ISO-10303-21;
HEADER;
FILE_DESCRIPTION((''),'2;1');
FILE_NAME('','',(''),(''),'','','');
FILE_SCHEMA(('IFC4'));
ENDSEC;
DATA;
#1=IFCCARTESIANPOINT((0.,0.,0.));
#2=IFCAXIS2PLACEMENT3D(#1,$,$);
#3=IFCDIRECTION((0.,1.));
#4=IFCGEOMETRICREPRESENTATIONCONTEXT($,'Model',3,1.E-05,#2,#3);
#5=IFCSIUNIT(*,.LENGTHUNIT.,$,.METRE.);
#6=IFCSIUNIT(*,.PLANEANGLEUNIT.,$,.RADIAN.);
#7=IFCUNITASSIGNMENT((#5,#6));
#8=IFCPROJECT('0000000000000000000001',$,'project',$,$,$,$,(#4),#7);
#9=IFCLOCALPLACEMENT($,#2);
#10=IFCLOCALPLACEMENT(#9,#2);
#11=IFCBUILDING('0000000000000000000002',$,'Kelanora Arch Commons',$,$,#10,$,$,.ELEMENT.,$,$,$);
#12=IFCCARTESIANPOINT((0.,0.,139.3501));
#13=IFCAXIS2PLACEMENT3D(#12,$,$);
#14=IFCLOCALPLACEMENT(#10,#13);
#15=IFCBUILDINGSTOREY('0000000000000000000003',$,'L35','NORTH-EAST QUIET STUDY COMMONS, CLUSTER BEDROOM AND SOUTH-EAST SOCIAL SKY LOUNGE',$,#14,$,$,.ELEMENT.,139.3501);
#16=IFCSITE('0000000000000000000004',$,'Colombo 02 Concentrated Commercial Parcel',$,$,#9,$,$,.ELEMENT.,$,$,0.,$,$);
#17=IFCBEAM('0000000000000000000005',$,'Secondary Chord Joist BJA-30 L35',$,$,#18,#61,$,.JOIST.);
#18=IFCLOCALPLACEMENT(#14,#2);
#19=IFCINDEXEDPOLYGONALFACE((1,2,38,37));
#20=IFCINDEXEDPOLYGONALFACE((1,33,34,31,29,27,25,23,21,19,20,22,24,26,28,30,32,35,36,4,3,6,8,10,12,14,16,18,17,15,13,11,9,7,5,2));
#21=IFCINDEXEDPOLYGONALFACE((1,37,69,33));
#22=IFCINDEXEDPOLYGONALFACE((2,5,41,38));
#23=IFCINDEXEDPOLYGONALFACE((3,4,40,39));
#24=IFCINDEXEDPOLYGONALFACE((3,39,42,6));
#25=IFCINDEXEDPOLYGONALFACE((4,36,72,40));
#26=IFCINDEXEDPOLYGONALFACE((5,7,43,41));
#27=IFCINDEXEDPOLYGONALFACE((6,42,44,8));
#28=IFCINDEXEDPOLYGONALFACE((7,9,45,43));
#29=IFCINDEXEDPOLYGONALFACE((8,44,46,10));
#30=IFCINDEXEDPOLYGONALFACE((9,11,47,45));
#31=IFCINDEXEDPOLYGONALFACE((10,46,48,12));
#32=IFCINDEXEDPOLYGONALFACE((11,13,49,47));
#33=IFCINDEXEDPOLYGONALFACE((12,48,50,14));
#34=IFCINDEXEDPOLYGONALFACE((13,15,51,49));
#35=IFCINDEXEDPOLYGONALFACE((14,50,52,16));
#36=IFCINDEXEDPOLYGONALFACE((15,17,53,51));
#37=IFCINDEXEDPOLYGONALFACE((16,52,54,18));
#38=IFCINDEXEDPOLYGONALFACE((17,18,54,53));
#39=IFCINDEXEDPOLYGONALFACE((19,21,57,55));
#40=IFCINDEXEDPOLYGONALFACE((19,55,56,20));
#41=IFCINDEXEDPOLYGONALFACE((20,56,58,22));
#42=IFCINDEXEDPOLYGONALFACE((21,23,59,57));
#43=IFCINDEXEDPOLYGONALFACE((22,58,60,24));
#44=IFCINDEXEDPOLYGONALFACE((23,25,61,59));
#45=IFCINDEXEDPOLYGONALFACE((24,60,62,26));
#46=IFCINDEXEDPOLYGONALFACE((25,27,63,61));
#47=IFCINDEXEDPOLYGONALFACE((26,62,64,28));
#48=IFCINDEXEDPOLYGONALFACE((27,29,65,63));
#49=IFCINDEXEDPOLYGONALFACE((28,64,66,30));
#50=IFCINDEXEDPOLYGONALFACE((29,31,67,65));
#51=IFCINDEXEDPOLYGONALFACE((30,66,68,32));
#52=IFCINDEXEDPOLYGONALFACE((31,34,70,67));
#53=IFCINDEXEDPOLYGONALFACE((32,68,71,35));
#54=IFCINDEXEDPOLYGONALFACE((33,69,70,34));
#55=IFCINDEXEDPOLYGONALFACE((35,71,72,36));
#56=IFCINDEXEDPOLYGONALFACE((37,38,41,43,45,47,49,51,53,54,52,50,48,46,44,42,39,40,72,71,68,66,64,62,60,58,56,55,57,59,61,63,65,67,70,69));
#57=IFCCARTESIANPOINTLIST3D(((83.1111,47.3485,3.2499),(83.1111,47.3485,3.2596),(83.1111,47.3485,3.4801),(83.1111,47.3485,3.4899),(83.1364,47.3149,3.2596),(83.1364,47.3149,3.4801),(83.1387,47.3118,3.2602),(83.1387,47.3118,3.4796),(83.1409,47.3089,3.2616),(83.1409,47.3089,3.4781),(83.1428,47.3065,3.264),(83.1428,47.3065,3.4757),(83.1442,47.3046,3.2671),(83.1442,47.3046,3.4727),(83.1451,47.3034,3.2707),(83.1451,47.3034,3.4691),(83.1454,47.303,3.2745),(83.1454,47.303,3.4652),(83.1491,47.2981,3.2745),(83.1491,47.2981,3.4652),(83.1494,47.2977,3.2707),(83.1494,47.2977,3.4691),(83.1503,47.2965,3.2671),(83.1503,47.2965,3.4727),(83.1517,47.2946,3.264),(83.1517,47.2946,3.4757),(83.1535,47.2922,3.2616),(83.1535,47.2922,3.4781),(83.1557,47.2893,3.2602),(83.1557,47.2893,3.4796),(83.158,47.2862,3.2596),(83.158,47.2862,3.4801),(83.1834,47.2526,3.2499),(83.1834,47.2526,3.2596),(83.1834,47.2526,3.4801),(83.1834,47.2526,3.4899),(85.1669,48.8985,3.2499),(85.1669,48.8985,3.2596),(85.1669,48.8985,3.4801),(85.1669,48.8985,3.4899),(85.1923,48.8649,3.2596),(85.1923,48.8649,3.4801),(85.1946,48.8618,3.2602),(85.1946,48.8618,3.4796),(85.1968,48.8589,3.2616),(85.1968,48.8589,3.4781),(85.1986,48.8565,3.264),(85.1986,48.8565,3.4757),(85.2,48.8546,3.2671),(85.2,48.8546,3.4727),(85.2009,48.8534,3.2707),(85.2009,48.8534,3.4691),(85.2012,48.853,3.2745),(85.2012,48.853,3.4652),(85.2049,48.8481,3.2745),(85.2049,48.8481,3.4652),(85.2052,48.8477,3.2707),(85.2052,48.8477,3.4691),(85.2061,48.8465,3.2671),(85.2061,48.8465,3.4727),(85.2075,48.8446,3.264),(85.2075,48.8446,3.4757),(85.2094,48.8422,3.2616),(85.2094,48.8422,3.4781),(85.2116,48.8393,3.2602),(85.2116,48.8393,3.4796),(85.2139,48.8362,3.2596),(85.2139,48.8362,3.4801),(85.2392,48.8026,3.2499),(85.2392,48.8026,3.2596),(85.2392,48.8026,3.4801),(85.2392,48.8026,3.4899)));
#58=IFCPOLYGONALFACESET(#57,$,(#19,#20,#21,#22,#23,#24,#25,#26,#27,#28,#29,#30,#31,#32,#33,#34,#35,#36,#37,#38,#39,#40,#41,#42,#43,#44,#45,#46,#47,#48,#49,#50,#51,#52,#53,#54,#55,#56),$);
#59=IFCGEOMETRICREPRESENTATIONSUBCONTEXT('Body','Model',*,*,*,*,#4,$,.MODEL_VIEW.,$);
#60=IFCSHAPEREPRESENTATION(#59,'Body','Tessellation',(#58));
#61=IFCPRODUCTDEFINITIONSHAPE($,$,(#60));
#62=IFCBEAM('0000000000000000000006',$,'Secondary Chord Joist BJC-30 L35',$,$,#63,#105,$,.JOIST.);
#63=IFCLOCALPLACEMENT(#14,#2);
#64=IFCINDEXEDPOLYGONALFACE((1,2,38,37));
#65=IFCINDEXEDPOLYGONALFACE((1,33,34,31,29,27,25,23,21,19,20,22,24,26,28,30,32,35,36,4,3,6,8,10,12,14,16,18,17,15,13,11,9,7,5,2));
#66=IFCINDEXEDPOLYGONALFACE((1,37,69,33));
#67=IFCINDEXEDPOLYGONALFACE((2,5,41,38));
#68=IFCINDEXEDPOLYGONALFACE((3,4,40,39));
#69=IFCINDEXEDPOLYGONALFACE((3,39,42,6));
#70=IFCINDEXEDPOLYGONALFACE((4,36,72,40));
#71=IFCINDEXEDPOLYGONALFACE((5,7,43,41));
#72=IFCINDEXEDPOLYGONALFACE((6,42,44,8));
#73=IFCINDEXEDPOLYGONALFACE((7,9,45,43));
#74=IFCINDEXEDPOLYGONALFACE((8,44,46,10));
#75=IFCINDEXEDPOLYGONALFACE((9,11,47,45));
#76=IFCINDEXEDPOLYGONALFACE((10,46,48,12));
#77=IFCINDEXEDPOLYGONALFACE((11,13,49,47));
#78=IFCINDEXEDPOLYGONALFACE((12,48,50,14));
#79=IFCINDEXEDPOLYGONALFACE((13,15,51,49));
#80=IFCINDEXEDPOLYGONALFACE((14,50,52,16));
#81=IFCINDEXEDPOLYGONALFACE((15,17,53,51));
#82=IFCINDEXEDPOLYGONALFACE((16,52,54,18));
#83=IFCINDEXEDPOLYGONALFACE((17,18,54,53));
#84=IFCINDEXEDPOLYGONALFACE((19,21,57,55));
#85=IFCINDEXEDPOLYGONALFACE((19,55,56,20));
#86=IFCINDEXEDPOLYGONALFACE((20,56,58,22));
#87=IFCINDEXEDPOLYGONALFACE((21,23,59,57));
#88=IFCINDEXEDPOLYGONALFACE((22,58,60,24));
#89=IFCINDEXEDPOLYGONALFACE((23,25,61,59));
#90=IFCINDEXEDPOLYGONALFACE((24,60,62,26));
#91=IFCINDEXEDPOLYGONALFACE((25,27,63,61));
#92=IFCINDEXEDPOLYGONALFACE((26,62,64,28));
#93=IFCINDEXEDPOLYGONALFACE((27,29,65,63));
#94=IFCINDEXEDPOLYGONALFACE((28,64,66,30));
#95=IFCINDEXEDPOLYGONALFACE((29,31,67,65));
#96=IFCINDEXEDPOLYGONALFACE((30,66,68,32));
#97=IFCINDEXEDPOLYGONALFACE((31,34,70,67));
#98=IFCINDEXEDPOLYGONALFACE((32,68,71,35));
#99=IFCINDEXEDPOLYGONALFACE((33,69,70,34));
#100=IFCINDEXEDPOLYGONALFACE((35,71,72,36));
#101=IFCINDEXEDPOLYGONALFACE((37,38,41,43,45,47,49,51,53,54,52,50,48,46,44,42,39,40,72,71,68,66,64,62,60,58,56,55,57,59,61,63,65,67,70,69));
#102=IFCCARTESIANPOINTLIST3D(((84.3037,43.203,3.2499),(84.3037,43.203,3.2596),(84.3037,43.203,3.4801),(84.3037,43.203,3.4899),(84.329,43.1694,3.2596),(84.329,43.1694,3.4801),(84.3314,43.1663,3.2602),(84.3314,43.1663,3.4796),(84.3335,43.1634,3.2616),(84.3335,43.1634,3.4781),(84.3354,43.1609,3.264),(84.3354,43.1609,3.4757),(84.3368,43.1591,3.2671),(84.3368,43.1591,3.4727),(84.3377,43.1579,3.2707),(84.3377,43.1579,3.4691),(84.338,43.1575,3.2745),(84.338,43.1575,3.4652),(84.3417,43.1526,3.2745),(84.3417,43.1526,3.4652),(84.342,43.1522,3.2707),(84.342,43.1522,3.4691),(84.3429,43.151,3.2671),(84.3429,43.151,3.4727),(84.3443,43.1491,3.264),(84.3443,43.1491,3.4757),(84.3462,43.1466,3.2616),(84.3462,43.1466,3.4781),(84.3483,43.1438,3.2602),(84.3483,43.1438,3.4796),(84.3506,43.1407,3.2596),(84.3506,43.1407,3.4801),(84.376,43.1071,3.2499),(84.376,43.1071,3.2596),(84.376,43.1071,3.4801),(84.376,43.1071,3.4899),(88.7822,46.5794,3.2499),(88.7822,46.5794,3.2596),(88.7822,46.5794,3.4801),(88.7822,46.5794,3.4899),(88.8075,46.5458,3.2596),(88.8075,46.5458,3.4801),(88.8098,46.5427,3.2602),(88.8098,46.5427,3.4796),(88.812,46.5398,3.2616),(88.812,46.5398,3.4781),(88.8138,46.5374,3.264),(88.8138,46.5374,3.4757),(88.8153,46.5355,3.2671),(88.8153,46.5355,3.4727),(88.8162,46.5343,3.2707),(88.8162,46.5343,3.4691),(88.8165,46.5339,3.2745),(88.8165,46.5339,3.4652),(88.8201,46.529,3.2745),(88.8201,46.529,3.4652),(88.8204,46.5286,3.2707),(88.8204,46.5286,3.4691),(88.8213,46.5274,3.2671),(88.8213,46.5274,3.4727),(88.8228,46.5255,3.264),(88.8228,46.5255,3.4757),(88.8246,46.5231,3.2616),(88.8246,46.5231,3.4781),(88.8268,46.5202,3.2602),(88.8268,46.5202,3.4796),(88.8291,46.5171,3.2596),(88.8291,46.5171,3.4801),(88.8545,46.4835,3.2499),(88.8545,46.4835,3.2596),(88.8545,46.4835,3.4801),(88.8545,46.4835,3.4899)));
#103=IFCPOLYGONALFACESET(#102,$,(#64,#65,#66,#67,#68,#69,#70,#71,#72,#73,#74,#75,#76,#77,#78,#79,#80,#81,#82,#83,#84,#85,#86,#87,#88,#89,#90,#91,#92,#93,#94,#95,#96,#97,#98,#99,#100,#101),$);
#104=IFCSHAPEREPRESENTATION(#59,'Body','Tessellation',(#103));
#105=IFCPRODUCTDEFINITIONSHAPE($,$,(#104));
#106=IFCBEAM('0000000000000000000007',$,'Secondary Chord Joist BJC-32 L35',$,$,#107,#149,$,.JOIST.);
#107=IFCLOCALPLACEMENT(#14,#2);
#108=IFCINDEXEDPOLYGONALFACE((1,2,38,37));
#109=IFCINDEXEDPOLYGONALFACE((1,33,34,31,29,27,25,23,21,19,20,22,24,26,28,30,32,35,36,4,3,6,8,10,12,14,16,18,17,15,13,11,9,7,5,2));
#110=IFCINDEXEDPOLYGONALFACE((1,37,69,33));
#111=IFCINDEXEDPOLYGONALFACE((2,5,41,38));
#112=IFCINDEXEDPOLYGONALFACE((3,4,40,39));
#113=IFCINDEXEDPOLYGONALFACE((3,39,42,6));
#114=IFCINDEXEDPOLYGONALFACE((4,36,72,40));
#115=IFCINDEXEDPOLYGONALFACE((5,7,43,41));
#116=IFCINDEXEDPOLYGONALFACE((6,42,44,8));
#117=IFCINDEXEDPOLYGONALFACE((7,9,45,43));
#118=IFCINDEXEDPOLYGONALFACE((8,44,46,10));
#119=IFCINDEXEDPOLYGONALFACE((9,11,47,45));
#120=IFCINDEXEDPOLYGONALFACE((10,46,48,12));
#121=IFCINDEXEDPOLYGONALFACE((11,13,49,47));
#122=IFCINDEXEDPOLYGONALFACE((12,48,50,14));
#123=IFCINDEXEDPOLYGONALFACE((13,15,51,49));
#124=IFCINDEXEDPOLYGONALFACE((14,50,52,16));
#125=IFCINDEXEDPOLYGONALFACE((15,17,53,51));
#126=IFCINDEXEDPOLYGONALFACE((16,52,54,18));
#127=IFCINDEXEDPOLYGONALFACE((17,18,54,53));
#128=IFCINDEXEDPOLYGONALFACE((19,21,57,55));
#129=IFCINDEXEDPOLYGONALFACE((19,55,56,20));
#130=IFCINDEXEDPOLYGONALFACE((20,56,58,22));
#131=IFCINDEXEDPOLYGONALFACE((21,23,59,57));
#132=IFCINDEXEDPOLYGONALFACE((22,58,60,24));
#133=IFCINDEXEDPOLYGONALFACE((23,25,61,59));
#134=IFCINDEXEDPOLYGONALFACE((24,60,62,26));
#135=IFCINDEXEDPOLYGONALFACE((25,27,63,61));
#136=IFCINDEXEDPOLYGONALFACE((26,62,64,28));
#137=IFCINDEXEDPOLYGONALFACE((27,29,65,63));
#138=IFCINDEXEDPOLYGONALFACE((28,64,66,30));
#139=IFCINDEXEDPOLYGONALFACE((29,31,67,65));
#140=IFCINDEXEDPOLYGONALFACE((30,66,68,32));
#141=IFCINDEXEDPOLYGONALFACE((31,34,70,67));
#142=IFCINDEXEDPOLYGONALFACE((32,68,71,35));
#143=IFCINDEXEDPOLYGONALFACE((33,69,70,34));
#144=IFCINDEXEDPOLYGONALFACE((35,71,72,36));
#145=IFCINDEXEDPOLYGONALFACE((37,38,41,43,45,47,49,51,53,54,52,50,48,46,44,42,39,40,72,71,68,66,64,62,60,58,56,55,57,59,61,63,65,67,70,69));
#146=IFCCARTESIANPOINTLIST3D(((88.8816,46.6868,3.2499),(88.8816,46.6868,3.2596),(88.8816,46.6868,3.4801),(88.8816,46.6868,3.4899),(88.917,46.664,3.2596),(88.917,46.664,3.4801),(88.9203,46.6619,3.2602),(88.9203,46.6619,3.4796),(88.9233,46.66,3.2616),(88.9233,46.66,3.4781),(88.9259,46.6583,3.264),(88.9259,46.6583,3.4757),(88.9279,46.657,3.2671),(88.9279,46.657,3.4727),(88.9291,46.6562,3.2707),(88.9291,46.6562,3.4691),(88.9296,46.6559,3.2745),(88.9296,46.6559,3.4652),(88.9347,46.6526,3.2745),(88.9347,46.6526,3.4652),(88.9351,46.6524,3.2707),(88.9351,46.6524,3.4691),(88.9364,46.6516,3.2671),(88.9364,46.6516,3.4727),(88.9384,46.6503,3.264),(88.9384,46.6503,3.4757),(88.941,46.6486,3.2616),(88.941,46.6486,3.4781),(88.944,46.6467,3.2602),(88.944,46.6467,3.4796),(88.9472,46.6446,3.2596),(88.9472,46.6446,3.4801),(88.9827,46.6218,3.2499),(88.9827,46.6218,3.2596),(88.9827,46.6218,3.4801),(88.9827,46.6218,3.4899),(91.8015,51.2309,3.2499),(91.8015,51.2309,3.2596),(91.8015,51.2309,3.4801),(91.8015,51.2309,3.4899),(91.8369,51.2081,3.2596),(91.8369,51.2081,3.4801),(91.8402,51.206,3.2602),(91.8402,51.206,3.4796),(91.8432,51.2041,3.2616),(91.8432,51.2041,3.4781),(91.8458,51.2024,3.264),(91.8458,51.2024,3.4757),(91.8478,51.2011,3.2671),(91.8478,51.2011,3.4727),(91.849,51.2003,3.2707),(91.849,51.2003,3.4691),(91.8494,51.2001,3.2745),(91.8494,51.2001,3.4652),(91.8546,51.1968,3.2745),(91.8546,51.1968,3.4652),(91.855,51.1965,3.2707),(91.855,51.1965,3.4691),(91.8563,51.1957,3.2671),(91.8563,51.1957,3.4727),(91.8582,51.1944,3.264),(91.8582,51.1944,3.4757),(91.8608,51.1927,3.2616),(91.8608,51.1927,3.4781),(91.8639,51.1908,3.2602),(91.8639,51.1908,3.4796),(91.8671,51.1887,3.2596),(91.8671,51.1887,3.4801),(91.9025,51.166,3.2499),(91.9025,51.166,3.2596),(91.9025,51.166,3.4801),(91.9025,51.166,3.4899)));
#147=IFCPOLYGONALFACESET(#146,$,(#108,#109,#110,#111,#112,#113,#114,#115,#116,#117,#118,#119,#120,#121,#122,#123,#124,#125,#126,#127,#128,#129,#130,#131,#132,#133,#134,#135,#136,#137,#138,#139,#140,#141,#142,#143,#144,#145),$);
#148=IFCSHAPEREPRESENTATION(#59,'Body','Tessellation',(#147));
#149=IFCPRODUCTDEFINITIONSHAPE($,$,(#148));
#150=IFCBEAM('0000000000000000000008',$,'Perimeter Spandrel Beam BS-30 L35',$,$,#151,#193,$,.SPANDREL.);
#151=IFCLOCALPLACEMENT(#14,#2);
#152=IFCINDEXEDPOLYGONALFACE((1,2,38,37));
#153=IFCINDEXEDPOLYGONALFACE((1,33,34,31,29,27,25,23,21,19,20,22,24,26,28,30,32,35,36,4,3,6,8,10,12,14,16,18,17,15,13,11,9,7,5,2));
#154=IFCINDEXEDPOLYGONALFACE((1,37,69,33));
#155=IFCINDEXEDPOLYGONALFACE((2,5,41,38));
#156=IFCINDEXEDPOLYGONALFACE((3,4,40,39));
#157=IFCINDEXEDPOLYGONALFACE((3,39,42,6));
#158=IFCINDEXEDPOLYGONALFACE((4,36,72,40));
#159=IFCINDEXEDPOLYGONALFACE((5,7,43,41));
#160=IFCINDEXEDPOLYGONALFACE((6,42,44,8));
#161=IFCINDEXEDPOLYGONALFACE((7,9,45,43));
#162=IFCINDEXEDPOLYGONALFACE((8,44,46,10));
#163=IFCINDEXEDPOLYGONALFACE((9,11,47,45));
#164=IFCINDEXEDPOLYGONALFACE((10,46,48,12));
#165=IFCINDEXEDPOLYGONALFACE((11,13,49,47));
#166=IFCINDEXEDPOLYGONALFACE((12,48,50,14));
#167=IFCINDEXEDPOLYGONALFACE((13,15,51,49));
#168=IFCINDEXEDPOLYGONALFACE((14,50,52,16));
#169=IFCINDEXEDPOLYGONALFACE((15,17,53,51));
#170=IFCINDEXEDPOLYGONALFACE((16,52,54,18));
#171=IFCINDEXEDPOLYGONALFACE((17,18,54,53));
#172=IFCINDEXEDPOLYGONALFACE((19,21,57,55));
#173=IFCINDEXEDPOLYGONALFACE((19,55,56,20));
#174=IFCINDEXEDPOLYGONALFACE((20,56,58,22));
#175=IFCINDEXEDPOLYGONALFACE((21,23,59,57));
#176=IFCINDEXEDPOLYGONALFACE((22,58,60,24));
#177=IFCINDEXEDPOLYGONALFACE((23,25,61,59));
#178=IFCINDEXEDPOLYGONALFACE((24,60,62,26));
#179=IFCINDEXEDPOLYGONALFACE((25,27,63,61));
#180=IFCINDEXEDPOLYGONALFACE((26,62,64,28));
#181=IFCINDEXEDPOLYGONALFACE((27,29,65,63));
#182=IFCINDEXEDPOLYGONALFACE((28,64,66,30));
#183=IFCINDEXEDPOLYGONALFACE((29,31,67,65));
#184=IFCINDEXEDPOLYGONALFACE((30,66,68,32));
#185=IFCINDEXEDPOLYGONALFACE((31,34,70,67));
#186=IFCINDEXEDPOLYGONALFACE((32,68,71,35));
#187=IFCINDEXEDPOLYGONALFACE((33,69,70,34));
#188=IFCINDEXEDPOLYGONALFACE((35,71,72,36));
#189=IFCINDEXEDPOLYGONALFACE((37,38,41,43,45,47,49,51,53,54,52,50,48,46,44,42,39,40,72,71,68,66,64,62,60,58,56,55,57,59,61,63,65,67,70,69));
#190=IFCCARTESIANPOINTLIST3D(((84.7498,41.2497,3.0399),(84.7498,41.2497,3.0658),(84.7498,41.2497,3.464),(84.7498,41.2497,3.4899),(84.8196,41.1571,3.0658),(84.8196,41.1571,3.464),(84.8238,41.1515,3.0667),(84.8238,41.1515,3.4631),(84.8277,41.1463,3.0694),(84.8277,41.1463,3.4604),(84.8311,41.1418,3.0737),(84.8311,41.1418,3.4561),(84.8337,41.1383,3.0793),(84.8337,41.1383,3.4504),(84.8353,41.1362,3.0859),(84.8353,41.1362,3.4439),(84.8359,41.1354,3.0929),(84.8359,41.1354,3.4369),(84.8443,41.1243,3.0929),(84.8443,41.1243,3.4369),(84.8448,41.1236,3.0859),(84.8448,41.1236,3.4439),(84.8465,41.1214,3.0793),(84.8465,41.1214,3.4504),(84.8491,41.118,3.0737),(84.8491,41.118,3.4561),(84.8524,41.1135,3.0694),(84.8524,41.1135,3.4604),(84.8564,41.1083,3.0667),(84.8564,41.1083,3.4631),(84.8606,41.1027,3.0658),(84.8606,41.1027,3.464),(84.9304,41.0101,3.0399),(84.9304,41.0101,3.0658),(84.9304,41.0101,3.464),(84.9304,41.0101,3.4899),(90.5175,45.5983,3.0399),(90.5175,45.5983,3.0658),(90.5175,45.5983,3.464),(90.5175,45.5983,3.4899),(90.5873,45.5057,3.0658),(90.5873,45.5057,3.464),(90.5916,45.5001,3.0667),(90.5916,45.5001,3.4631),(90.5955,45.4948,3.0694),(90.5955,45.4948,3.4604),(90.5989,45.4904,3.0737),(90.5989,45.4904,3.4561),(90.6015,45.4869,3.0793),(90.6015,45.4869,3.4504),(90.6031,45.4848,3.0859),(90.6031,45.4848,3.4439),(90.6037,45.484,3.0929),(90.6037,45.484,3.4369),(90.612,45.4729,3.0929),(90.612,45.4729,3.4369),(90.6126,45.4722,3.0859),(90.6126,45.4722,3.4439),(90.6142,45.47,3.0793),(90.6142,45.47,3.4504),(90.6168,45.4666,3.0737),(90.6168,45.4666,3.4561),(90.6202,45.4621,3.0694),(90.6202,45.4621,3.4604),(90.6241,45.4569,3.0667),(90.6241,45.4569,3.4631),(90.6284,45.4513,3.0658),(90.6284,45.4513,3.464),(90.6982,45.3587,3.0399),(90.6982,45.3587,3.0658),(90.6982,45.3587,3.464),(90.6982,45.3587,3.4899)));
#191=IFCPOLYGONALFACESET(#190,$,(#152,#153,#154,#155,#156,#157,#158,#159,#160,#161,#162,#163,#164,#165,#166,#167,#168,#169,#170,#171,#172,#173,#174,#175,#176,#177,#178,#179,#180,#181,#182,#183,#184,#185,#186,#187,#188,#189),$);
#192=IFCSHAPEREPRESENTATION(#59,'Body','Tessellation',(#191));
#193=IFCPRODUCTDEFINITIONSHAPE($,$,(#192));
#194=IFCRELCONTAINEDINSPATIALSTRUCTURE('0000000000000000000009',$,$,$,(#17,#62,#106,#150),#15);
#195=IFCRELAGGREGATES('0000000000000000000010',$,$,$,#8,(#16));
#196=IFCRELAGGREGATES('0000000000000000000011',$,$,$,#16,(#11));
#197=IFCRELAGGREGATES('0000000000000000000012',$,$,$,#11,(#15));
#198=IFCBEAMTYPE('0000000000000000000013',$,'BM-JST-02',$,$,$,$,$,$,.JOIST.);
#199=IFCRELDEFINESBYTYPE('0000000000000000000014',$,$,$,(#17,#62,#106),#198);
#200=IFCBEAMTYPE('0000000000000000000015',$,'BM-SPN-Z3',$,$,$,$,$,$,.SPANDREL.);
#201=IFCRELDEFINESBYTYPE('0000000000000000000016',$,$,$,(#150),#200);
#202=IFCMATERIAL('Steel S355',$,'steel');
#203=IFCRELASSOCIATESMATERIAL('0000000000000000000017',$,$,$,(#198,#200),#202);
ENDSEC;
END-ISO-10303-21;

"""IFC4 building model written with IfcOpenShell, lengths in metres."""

from ifc_helpers import new_model, si_unit, direction, frame, origin, origin_2d, place, context, subcontext, project, spatial, i_section, extrude, material, material_profile, profile_set, type_object, element, save


model = new_model("IFC4")

# Units and contexts
model_context = context("Model", 3, precision=1e-05, world=origin(), true_north=direction((0.0, 1.0)))
body_context = subcontext(model_context, "Body", "Model", "MODEL_VIEW")
ifc_project = project(units=[si_unit("LENGTHUNIT", "METRE"), si_unit("PLANEANGLEUNIT", "RADIAN")], contexts=[model_context])

# Site, building, storey
site_placement = place(None, origin())
site = spatial("IfcSite", under=ifc_project, at=site_placement, Name="Colombo 02 Concentrated Commercial Parcel", CompositionType="ELEMENT", RefElevation=0.0)
building_placement = place(site_placement, origin())
building = spatial("IfcBuilding", under=site, at=building_placement, Name="Kelanora Arch Commons", CompositionType="ELEMENT")
storey_placement = place(building_placement, frame((0.0, 0.0, 139.3501)))
storey = spatial("IfcBuildingStorey", under=building, at=storey_placement, Name="L35", Description="NORTH-EAST QUIET STUDY COMMONS, CLUSTER BEDROOM AND SOUTH-EAST SOCIAL SKY LOUNGE", CompositionType="ELEMENT", Elevation=139.3501)

# Beams
ifc_material_1 = material(Name="Steel S355", Category="steel")
ifc_material_profile_1 = material_profile(ifc_material_1, i_section(OverallWidth=0.1201, OverallDepth=0.24, WebThickness=0.0061, FlangeThickness=0.0098, FilletRadius=0.0149, at=origin_2d()), Name="IPE240")
ifc_profile_set_1 = profile_set([ifc_material_profile_1], Name="Steel S355")
beam_type_1 = type_object("IfcBeamType", Name="BM-JST-02", PredefinedType="JOIST", material=ifc_profile_set_1)
beam_1_placement = place(storey_placement, frame((83.1472, 47.3005, 3.3699), z_axis=(0.798484, 0.602016, 0.0), x_axis=(-0.602016, 0.798484, 0.0)))
element("IfcBeam", 1, at=beam_1_placement, inside=storey, type_object=beam_type_1, Name="Secondary Chord Joist BJA-30 L35", PredefinedType="JOIST", context=body_context, shape_type="SweptSolid", body=[
    extrude(i_section(OverallWidth=0.1201, OverallDepth=0.24, WebThickness=0.0061, FlangeThickness=0.0098, FilletRadius=0.0149, at=origin_2d()), origin(), (0.0, 0.0, 1.0), 2.5747),
])
beam_2_placement = place(storey_placement, frame((84.3398, 43.155, 3.3699), z_axis=(0.798493, 0.602004, 0.0), x_axis=(-0.602004, 0.798493, 0.0)))
element("IfcBeam", 2, at=beam_2_placement, inside=storey, type_object=beam_type_1, Name="Secondary Chord Joist BJC-30 L35", PredefinedType="JOIST", context=body_context, shape_type="SweptSolid", body=[
    extrude(i_section(OverallWidth=0.1201, OverallDepth=0.24, WebThickness=0.0061, FlangeThickness=0.0098, FilletRadius=0.0149, at=origin_2d()), origin(), (0.0, 0.0, 1.0), 5.6086),
])
beam_3_placement = place(storey_placement, frame((88.9321, 46.6543, 3.3699), z_axis=(0.540582, 0.841292, 0.0), x_axis=(-0.841292, 0.540582, 0.0)))
element("IfcBeam", 3, at=beam_3_placement, inside=storey, type_object=beam_type_1, Name="Secondary Chord Joist BJC-32 L35", PredefinedType="JOIST", context=body_context, shape_type="SweptSolid", body=[
    extrude(i_section(OverallWidth=0.1201, OverallDepth=0.24, WebThickness=0.0061, FlangeThickness=0.0098, FilletRadius=0.0149, at=origin_2d()), origin(), (0.0, 0.0, 1.0), 5.4014),
])
ifc_material_profile_2 = material_profile(ifc_material_1, i_section(OverallWidth=0.3, OverallDepth=0.45, WebThickness=0.0139, FlangeThickness=0.0259, FilletRadius=0.0271, at=origin_2d()), Name="HEB450")
ifc_profile_set_2 = profile_set([ifc_material_profile_2], Name="Steel S355")
beam_type_2 = type_object("IfcBeamType", Name="BM-SPN-Z3", PredefinedType="SPANDREL", material=ifc_profile_set_2)
beam_4_placement = place(storey_placement, frame((84.8401, 41.1299, 3.2649), z_axis=(0.798485, 0.602015, 0.0), x_axis=(-0.602015, 0.798485, 0.0)))
element("IfcBeam", 4, at=beam_4_placement, inside=storey, type_object=beam_type_2, Name="Perimeter Spandrel Beam BS-30 L35", PredefinedType="SPANDREL", context=body_context, shape_type="SweptSolid", body=[
    extrude(i_section(OverallWidth=0.3, OverallDepth=0.45, WebThickness=0.0139, FlangeThickness=0.0259, FilletRadius=0.0271, at=origin_2d()), origin(), (0.0, 0.0, 1.0), 7.2234),
])

save(model, "model.ifc")
